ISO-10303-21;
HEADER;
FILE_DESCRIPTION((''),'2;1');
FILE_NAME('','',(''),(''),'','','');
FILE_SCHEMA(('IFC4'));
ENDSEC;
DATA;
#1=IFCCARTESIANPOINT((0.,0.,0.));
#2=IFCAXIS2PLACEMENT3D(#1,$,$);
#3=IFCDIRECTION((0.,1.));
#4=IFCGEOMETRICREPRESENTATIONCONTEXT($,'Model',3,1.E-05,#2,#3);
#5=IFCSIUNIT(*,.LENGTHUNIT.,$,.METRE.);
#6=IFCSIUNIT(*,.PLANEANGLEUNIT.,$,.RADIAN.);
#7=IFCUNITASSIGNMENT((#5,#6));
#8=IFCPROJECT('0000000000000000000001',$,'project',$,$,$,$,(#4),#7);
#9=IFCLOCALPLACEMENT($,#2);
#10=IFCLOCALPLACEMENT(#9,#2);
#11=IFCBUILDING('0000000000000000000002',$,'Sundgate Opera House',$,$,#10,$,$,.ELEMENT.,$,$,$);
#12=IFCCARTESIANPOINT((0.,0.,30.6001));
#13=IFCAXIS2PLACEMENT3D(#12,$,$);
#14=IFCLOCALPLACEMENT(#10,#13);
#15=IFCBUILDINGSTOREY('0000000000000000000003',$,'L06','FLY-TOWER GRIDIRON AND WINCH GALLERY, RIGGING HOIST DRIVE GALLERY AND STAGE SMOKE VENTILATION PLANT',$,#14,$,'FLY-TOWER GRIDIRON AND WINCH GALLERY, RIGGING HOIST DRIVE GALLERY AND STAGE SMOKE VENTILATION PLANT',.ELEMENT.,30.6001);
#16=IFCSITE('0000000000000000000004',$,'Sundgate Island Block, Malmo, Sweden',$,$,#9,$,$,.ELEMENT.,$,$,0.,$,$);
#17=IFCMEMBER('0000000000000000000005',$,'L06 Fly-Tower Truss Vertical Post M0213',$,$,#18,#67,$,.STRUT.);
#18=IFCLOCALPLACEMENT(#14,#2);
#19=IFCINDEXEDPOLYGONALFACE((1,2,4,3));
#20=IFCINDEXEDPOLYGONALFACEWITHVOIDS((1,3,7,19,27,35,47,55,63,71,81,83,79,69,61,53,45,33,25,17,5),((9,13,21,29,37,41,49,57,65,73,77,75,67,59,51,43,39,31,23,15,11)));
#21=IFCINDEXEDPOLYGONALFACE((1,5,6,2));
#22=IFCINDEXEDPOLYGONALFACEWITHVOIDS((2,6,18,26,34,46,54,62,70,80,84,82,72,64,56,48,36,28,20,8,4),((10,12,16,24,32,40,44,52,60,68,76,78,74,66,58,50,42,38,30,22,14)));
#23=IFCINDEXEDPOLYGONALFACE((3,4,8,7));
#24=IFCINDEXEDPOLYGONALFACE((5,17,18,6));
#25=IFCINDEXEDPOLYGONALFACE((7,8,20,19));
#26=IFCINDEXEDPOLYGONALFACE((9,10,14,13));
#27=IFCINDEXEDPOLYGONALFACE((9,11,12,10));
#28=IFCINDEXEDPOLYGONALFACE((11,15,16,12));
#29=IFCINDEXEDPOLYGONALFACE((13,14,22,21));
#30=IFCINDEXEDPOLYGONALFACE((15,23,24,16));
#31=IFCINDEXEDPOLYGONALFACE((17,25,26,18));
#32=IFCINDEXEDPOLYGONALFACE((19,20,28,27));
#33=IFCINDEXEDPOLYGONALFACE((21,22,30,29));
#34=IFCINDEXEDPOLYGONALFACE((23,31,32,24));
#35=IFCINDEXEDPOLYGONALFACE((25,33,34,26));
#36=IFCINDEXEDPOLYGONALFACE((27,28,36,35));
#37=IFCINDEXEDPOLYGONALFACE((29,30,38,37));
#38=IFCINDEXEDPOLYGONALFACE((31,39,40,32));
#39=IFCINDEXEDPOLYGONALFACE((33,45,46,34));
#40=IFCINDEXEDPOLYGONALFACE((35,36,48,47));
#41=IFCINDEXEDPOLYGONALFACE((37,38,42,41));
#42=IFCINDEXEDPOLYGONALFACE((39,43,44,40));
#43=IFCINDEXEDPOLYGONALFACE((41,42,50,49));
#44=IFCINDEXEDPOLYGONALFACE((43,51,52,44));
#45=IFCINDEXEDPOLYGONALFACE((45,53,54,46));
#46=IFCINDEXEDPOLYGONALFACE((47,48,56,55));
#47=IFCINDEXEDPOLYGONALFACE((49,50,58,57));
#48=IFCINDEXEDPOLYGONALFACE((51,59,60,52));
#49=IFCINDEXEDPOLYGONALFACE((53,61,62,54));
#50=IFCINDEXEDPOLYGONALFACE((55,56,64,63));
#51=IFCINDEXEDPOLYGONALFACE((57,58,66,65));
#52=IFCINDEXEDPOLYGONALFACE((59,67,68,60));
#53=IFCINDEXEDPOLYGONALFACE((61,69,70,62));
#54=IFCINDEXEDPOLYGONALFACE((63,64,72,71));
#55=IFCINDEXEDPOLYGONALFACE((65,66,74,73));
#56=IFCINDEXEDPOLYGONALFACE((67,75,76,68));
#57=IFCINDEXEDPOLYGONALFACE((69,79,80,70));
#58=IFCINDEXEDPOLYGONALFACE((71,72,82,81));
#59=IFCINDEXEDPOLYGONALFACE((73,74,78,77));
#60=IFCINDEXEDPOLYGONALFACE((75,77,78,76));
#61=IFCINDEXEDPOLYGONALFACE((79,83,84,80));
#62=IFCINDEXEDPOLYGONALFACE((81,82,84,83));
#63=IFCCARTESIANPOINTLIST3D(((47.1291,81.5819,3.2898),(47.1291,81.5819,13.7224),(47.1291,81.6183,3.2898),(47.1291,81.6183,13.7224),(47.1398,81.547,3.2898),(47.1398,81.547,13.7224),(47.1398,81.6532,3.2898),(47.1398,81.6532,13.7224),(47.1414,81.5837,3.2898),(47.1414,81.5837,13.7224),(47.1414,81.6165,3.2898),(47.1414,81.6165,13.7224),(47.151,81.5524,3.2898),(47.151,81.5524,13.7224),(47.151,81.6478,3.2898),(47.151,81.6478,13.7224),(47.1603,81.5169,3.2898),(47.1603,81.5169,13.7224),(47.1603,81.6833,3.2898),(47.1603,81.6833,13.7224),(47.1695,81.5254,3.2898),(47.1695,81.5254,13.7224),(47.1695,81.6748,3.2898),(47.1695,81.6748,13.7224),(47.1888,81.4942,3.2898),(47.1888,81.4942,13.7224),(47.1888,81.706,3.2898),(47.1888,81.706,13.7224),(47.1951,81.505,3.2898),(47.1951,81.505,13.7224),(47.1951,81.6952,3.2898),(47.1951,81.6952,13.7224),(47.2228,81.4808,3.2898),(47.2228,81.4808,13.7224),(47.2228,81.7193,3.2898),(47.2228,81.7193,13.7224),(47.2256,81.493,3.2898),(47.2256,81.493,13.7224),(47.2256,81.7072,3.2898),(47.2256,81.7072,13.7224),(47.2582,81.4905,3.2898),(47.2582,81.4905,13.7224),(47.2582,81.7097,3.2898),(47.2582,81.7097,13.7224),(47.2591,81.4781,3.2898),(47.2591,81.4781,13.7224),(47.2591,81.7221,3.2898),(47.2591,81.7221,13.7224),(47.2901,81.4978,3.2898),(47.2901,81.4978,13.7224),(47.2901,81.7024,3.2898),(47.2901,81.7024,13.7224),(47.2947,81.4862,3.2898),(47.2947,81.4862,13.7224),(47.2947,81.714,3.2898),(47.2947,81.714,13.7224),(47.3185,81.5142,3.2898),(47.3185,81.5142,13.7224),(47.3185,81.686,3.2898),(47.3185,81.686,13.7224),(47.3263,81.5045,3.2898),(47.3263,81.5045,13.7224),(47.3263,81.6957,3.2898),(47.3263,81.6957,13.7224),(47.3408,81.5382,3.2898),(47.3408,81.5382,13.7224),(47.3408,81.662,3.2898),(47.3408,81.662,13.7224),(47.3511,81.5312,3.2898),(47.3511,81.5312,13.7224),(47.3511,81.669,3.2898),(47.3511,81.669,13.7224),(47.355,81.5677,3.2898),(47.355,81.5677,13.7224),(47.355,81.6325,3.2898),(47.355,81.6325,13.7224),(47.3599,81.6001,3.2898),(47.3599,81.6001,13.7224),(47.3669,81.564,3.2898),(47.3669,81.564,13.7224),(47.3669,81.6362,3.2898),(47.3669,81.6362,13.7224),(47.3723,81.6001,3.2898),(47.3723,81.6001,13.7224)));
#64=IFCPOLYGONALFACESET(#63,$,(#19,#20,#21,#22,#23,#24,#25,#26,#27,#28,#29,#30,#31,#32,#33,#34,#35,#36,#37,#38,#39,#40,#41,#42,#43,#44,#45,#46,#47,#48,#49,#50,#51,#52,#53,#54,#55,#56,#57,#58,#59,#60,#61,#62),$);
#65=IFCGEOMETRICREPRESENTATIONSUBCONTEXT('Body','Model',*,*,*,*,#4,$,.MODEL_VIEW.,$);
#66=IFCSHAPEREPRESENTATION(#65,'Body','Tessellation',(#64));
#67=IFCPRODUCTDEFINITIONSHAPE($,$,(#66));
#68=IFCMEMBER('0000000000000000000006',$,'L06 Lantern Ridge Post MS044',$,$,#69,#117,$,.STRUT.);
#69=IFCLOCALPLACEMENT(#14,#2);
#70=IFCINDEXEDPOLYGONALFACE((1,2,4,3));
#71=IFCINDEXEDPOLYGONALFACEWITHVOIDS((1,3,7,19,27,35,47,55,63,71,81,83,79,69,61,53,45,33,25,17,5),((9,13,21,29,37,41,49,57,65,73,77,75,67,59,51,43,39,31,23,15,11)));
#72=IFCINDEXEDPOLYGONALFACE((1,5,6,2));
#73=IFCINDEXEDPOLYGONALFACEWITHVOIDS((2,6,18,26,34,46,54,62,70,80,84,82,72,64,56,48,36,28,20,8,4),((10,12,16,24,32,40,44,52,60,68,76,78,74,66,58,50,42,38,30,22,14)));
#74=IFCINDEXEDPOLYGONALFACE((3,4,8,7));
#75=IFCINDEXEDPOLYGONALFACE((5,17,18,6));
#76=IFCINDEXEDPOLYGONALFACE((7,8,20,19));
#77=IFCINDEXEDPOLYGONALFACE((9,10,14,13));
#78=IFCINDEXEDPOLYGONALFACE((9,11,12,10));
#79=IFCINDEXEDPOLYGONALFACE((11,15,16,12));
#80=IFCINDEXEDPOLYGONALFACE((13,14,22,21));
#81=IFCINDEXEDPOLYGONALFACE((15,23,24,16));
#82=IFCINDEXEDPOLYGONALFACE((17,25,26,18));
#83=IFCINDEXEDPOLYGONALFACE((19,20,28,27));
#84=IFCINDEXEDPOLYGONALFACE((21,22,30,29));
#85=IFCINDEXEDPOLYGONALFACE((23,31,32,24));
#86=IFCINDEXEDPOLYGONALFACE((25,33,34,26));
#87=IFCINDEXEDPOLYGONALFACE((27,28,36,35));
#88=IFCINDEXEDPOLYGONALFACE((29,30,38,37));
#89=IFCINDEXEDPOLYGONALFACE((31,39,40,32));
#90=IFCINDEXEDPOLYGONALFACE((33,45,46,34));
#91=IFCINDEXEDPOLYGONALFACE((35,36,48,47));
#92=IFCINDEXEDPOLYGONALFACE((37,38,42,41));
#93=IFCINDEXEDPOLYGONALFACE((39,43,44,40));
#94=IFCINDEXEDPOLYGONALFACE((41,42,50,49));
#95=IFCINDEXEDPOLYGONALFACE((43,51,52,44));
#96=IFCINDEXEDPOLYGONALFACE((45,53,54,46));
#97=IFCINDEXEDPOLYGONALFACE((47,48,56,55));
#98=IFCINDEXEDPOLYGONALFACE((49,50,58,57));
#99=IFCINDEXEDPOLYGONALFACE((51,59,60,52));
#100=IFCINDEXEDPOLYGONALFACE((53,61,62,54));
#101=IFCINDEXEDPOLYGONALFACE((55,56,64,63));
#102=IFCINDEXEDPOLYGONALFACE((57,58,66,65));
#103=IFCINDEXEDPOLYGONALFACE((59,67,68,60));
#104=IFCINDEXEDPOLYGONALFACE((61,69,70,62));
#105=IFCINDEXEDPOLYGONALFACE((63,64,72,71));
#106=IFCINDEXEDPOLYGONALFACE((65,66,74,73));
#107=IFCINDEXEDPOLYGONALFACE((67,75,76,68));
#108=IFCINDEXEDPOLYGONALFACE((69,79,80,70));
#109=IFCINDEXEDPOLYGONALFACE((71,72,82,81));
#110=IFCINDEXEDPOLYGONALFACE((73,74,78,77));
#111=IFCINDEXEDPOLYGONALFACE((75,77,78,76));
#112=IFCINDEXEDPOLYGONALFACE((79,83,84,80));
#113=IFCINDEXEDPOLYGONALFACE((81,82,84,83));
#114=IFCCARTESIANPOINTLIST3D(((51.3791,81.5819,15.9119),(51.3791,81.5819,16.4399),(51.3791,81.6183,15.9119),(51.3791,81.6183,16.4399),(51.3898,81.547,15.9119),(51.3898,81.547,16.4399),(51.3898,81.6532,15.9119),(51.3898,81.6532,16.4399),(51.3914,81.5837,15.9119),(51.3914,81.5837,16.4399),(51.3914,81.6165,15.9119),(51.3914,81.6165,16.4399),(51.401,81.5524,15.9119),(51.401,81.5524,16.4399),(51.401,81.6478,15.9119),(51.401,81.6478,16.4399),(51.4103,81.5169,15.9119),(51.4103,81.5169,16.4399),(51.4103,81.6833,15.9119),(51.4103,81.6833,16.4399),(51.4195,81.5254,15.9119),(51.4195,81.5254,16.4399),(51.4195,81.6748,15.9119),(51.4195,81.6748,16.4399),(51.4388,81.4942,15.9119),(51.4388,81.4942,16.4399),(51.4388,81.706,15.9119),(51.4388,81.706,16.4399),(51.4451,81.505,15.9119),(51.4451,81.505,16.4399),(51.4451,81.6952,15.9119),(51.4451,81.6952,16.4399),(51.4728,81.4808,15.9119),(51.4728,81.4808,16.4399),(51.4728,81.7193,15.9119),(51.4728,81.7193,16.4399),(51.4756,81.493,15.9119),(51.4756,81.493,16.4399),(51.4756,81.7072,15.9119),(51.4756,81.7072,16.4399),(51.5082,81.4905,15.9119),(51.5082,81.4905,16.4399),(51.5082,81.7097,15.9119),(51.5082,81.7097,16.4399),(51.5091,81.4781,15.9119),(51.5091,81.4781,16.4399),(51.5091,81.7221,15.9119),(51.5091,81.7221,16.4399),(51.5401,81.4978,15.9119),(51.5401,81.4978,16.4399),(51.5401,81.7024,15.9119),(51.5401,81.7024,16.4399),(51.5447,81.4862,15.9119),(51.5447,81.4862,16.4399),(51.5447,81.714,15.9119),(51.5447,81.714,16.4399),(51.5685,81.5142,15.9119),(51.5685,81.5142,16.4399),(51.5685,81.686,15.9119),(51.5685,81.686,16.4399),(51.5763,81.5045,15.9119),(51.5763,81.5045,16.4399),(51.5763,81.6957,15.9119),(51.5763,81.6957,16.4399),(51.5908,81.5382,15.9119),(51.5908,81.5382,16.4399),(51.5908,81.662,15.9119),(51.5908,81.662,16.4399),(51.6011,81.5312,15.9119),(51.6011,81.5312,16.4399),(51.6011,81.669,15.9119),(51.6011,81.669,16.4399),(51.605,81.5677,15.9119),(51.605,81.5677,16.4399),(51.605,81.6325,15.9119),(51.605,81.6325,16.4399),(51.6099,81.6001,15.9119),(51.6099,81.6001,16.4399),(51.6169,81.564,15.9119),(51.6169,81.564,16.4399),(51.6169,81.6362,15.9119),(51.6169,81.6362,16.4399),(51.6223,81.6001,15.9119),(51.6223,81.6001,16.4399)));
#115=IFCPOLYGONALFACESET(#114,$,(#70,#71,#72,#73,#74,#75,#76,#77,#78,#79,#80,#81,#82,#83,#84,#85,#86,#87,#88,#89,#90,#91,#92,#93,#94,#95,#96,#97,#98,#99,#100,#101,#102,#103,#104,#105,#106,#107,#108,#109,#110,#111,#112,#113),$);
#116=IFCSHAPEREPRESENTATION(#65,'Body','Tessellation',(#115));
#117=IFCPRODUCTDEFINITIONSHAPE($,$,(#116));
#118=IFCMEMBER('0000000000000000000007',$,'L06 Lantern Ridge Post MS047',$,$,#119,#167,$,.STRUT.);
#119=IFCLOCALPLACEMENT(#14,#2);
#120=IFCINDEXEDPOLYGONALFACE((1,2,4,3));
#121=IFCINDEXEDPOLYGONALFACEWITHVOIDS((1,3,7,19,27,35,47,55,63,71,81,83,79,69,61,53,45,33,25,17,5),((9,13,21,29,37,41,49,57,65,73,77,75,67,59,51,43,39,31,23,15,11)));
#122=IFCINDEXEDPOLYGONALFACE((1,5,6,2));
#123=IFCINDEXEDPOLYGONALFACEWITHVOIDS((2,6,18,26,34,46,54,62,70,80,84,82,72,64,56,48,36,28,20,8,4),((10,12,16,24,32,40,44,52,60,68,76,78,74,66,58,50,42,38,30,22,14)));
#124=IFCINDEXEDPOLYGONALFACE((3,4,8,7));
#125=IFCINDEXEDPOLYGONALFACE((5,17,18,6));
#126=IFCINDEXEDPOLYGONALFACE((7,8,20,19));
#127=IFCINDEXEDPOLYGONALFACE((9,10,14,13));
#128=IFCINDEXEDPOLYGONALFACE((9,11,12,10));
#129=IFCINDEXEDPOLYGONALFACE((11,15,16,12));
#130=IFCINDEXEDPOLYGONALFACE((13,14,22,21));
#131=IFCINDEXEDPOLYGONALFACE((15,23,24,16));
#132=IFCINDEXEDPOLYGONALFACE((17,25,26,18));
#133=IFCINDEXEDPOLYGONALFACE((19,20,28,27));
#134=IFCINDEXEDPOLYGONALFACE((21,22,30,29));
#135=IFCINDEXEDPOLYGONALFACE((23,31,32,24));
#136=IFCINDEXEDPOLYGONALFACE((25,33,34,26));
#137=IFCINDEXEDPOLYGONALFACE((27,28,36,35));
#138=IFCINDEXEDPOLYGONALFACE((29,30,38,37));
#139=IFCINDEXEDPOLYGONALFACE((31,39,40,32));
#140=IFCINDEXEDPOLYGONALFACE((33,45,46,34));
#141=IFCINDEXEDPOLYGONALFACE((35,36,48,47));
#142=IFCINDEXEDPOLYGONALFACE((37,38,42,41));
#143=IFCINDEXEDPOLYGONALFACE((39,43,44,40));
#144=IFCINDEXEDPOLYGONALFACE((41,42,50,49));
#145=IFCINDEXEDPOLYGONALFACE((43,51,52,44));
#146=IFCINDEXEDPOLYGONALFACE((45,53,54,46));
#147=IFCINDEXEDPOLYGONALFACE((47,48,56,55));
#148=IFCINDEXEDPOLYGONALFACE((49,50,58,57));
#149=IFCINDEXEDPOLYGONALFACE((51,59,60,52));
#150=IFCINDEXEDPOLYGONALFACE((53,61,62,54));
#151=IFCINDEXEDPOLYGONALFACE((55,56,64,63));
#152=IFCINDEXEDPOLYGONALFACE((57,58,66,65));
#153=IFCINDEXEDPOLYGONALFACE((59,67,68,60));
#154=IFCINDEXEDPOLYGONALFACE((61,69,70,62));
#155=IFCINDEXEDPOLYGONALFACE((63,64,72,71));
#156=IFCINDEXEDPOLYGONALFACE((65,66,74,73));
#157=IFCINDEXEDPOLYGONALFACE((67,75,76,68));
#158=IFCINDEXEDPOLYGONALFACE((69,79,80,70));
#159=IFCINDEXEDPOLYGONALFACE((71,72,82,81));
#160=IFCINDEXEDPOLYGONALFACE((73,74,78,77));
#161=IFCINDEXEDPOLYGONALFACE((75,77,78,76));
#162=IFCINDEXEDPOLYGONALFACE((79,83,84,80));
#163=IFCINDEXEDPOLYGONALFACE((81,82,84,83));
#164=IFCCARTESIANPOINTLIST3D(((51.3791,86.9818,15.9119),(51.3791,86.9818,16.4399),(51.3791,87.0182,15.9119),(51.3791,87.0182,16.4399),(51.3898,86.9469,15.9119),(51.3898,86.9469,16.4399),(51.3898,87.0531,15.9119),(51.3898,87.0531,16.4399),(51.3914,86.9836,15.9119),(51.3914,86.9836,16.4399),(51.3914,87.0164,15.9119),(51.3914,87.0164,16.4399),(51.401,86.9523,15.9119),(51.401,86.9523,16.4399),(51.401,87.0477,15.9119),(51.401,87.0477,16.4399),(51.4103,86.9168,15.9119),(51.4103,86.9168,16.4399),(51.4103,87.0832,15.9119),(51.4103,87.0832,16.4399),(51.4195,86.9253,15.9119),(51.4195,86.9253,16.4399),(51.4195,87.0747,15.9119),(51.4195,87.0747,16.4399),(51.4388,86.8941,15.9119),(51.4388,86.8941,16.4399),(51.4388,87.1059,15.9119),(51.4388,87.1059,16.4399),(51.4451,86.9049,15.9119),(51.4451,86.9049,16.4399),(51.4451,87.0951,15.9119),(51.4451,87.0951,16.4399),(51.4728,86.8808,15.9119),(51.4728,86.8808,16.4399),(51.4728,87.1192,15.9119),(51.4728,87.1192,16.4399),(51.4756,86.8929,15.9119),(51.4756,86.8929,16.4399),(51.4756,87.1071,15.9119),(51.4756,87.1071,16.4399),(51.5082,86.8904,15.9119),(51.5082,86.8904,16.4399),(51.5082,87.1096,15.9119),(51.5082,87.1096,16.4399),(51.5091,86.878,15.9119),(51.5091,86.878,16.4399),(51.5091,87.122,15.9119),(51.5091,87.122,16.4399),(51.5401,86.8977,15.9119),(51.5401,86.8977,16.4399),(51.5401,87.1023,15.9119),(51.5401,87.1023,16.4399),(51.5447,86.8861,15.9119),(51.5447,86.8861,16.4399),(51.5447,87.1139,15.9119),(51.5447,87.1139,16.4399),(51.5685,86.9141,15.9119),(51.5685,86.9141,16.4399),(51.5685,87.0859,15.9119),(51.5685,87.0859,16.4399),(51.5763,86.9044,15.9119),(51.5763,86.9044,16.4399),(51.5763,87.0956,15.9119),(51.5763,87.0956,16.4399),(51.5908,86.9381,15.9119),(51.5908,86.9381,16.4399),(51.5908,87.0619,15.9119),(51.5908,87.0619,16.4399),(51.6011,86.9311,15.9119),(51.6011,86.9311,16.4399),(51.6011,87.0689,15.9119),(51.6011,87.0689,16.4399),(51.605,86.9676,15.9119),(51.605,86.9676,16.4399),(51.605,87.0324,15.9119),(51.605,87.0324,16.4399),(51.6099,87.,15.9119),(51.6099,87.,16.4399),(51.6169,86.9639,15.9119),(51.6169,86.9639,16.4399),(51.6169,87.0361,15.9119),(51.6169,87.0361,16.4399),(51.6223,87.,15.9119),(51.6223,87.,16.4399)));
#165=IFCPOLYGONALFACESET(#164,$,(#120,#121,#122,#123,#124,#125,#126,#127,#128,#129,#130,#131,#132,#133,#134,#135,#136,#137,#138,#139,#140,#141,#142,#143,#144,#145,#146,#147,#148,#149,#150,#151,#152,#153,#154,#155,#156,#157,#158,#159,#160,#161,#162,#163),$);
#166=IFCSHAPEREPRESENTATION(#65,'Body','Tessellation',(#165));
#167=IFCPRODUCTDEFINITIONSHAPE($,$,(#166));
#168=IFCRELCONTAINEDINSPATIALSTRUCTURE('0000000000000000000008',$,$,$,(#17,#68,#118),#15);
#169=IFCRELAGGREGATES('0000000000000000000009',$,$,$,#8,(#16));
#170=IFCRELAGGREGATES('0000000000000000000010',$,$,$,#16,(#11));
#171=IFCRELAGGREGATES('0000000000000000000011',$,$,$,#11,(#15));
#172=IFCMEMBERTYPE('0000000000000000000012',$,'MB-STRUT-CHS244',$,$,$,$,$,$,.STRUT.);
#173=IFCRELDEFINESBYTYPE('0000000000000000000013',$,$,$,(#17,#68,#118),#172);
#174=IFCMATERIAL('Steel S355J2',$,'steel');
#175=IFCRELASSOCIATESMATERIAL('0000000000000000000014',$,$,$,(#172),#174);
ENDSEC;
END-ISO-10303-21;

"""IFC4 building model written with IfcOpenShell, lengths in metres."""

from ifc_helpers import new_model, si_unit, direction, frame, origin, origin_2d, place, context, subcontext, project, spatial, hollow_circle, extrude, material, material_profile, profile_set, type_object, element, save


model = new_model("IFC4")

# Units and contexts
model_context = context("Model", 3, precision=1e-05, world=origin(), true_north=direction((0.0, 1.0)))
body_context = subcontext(model_context, "Body", "Model", "MODEL_VIEW")
ifc_project = project(units=[si_unit("LENGTHUNIT", "METRE"), si_unit("PLANEANGLEUNIT", "RADIAN")], contexts=[model_context])

# Site, building, storey
site_placement = place(None, origin())
site = spatial("IfcSite", under=ifc_project, at=site_placement, Name="Sundgate Island Block, Malmo, Sweden", CompositionType="ELEMENT", RefElevation=0.0)
building_placement = place(site_placement, origin())
building = spatial("IfcBuilding", under=site, at=building_placement, Name="Sundgate Opera House", CompositionType="ELEMENT")
storey_placement = place(building_placement, frame((0.0, 0.0, 30.6001)))
storey = spatial("IfcBuildingStorey", under=building, at=storey_placement, Name="L06", Description="FLY-TOWER GRIDIRON AND WINCH GALLERY, RIGGING HOIST DRIVE GALLERY AND STAGE SMOKE VENTILATION PLANT", LongName="FLY-TOWER GRIDIRON AND WINCH GALLERY, RIGGING HOIST DRIVE GALLERY AND STAGE SMOKE VENTILATION PLANT", CompositionType="ELEMENT", Elevation=30.6001)

# Members
ifc_material_1 = material(Name="Steel S355J2", Category="steel")
ifc_material_profile_1 = material_profile(ifc_material_1, hollow_circle(Radius=0.1223, WallThickness=0.0125, at=origin_2d()), Name="CHS 244.5x12.5")
ifc_profile_set_1 = profile_set([ifc_material_profile_1], Name="Steel S355J2")
member_type_1 = type_object("IfcMemberType", Name="MB-STRUT-CHS244", PredefinedType="STRUT", material=ifc_profile_set_1)
member_1_placement = place(storey_placement, frame((47.25, 81.6001, 3.2898), z_axis=(0.0, 0.0, 1.0), x_axis=(1.0, 0.0, 0.0)))
element("IfcMember", 1, at=member_1_placement, inside=storey, type_object=member_type_1, Name="L06 Fly-Tower Truss Vertical Post M0213", PredefinedType="STRUT", context=body_context, shape_type="SweptSolid", body=[
    extrude(hollow_circle(Radius=0.1223, WallThickness=0.0125, at=origin_2d()), origin(), (0.0, 0.0, 1.0), 10.4326),
])
for number, where, z_axis, x_axis, name in (
    (2, (51.5, 81.6001, 15.9119), (0.0, 0.0, 1.0), (1.0, 0.0, 0.0), "L06 Lantern Ridge Post MS044"),
    (3, (51.5, 87.0, 15.9119), (0.0, 0.0, 1.0), (1.0, 0.0, 0.0), "L06 Lantern Ridge Post MS047"),
):
    element("IfcMember", number, at=place(storey_placement, frame(where, z_axis=z_axis, x_axis=x_axis)), inside=storey, type_object=member_type_1, Name=name, PredefinedType="STRUT", context=body_context, shape_type="SweptSolid", body=[
        extrude(hollow_circle(Radius=0.1223, WallThickness=0.0125, at=origin_2d()), origin(), (0.0, 0.0, 1.0), 0.5281),
    ])

save(model, "model.ifc")
